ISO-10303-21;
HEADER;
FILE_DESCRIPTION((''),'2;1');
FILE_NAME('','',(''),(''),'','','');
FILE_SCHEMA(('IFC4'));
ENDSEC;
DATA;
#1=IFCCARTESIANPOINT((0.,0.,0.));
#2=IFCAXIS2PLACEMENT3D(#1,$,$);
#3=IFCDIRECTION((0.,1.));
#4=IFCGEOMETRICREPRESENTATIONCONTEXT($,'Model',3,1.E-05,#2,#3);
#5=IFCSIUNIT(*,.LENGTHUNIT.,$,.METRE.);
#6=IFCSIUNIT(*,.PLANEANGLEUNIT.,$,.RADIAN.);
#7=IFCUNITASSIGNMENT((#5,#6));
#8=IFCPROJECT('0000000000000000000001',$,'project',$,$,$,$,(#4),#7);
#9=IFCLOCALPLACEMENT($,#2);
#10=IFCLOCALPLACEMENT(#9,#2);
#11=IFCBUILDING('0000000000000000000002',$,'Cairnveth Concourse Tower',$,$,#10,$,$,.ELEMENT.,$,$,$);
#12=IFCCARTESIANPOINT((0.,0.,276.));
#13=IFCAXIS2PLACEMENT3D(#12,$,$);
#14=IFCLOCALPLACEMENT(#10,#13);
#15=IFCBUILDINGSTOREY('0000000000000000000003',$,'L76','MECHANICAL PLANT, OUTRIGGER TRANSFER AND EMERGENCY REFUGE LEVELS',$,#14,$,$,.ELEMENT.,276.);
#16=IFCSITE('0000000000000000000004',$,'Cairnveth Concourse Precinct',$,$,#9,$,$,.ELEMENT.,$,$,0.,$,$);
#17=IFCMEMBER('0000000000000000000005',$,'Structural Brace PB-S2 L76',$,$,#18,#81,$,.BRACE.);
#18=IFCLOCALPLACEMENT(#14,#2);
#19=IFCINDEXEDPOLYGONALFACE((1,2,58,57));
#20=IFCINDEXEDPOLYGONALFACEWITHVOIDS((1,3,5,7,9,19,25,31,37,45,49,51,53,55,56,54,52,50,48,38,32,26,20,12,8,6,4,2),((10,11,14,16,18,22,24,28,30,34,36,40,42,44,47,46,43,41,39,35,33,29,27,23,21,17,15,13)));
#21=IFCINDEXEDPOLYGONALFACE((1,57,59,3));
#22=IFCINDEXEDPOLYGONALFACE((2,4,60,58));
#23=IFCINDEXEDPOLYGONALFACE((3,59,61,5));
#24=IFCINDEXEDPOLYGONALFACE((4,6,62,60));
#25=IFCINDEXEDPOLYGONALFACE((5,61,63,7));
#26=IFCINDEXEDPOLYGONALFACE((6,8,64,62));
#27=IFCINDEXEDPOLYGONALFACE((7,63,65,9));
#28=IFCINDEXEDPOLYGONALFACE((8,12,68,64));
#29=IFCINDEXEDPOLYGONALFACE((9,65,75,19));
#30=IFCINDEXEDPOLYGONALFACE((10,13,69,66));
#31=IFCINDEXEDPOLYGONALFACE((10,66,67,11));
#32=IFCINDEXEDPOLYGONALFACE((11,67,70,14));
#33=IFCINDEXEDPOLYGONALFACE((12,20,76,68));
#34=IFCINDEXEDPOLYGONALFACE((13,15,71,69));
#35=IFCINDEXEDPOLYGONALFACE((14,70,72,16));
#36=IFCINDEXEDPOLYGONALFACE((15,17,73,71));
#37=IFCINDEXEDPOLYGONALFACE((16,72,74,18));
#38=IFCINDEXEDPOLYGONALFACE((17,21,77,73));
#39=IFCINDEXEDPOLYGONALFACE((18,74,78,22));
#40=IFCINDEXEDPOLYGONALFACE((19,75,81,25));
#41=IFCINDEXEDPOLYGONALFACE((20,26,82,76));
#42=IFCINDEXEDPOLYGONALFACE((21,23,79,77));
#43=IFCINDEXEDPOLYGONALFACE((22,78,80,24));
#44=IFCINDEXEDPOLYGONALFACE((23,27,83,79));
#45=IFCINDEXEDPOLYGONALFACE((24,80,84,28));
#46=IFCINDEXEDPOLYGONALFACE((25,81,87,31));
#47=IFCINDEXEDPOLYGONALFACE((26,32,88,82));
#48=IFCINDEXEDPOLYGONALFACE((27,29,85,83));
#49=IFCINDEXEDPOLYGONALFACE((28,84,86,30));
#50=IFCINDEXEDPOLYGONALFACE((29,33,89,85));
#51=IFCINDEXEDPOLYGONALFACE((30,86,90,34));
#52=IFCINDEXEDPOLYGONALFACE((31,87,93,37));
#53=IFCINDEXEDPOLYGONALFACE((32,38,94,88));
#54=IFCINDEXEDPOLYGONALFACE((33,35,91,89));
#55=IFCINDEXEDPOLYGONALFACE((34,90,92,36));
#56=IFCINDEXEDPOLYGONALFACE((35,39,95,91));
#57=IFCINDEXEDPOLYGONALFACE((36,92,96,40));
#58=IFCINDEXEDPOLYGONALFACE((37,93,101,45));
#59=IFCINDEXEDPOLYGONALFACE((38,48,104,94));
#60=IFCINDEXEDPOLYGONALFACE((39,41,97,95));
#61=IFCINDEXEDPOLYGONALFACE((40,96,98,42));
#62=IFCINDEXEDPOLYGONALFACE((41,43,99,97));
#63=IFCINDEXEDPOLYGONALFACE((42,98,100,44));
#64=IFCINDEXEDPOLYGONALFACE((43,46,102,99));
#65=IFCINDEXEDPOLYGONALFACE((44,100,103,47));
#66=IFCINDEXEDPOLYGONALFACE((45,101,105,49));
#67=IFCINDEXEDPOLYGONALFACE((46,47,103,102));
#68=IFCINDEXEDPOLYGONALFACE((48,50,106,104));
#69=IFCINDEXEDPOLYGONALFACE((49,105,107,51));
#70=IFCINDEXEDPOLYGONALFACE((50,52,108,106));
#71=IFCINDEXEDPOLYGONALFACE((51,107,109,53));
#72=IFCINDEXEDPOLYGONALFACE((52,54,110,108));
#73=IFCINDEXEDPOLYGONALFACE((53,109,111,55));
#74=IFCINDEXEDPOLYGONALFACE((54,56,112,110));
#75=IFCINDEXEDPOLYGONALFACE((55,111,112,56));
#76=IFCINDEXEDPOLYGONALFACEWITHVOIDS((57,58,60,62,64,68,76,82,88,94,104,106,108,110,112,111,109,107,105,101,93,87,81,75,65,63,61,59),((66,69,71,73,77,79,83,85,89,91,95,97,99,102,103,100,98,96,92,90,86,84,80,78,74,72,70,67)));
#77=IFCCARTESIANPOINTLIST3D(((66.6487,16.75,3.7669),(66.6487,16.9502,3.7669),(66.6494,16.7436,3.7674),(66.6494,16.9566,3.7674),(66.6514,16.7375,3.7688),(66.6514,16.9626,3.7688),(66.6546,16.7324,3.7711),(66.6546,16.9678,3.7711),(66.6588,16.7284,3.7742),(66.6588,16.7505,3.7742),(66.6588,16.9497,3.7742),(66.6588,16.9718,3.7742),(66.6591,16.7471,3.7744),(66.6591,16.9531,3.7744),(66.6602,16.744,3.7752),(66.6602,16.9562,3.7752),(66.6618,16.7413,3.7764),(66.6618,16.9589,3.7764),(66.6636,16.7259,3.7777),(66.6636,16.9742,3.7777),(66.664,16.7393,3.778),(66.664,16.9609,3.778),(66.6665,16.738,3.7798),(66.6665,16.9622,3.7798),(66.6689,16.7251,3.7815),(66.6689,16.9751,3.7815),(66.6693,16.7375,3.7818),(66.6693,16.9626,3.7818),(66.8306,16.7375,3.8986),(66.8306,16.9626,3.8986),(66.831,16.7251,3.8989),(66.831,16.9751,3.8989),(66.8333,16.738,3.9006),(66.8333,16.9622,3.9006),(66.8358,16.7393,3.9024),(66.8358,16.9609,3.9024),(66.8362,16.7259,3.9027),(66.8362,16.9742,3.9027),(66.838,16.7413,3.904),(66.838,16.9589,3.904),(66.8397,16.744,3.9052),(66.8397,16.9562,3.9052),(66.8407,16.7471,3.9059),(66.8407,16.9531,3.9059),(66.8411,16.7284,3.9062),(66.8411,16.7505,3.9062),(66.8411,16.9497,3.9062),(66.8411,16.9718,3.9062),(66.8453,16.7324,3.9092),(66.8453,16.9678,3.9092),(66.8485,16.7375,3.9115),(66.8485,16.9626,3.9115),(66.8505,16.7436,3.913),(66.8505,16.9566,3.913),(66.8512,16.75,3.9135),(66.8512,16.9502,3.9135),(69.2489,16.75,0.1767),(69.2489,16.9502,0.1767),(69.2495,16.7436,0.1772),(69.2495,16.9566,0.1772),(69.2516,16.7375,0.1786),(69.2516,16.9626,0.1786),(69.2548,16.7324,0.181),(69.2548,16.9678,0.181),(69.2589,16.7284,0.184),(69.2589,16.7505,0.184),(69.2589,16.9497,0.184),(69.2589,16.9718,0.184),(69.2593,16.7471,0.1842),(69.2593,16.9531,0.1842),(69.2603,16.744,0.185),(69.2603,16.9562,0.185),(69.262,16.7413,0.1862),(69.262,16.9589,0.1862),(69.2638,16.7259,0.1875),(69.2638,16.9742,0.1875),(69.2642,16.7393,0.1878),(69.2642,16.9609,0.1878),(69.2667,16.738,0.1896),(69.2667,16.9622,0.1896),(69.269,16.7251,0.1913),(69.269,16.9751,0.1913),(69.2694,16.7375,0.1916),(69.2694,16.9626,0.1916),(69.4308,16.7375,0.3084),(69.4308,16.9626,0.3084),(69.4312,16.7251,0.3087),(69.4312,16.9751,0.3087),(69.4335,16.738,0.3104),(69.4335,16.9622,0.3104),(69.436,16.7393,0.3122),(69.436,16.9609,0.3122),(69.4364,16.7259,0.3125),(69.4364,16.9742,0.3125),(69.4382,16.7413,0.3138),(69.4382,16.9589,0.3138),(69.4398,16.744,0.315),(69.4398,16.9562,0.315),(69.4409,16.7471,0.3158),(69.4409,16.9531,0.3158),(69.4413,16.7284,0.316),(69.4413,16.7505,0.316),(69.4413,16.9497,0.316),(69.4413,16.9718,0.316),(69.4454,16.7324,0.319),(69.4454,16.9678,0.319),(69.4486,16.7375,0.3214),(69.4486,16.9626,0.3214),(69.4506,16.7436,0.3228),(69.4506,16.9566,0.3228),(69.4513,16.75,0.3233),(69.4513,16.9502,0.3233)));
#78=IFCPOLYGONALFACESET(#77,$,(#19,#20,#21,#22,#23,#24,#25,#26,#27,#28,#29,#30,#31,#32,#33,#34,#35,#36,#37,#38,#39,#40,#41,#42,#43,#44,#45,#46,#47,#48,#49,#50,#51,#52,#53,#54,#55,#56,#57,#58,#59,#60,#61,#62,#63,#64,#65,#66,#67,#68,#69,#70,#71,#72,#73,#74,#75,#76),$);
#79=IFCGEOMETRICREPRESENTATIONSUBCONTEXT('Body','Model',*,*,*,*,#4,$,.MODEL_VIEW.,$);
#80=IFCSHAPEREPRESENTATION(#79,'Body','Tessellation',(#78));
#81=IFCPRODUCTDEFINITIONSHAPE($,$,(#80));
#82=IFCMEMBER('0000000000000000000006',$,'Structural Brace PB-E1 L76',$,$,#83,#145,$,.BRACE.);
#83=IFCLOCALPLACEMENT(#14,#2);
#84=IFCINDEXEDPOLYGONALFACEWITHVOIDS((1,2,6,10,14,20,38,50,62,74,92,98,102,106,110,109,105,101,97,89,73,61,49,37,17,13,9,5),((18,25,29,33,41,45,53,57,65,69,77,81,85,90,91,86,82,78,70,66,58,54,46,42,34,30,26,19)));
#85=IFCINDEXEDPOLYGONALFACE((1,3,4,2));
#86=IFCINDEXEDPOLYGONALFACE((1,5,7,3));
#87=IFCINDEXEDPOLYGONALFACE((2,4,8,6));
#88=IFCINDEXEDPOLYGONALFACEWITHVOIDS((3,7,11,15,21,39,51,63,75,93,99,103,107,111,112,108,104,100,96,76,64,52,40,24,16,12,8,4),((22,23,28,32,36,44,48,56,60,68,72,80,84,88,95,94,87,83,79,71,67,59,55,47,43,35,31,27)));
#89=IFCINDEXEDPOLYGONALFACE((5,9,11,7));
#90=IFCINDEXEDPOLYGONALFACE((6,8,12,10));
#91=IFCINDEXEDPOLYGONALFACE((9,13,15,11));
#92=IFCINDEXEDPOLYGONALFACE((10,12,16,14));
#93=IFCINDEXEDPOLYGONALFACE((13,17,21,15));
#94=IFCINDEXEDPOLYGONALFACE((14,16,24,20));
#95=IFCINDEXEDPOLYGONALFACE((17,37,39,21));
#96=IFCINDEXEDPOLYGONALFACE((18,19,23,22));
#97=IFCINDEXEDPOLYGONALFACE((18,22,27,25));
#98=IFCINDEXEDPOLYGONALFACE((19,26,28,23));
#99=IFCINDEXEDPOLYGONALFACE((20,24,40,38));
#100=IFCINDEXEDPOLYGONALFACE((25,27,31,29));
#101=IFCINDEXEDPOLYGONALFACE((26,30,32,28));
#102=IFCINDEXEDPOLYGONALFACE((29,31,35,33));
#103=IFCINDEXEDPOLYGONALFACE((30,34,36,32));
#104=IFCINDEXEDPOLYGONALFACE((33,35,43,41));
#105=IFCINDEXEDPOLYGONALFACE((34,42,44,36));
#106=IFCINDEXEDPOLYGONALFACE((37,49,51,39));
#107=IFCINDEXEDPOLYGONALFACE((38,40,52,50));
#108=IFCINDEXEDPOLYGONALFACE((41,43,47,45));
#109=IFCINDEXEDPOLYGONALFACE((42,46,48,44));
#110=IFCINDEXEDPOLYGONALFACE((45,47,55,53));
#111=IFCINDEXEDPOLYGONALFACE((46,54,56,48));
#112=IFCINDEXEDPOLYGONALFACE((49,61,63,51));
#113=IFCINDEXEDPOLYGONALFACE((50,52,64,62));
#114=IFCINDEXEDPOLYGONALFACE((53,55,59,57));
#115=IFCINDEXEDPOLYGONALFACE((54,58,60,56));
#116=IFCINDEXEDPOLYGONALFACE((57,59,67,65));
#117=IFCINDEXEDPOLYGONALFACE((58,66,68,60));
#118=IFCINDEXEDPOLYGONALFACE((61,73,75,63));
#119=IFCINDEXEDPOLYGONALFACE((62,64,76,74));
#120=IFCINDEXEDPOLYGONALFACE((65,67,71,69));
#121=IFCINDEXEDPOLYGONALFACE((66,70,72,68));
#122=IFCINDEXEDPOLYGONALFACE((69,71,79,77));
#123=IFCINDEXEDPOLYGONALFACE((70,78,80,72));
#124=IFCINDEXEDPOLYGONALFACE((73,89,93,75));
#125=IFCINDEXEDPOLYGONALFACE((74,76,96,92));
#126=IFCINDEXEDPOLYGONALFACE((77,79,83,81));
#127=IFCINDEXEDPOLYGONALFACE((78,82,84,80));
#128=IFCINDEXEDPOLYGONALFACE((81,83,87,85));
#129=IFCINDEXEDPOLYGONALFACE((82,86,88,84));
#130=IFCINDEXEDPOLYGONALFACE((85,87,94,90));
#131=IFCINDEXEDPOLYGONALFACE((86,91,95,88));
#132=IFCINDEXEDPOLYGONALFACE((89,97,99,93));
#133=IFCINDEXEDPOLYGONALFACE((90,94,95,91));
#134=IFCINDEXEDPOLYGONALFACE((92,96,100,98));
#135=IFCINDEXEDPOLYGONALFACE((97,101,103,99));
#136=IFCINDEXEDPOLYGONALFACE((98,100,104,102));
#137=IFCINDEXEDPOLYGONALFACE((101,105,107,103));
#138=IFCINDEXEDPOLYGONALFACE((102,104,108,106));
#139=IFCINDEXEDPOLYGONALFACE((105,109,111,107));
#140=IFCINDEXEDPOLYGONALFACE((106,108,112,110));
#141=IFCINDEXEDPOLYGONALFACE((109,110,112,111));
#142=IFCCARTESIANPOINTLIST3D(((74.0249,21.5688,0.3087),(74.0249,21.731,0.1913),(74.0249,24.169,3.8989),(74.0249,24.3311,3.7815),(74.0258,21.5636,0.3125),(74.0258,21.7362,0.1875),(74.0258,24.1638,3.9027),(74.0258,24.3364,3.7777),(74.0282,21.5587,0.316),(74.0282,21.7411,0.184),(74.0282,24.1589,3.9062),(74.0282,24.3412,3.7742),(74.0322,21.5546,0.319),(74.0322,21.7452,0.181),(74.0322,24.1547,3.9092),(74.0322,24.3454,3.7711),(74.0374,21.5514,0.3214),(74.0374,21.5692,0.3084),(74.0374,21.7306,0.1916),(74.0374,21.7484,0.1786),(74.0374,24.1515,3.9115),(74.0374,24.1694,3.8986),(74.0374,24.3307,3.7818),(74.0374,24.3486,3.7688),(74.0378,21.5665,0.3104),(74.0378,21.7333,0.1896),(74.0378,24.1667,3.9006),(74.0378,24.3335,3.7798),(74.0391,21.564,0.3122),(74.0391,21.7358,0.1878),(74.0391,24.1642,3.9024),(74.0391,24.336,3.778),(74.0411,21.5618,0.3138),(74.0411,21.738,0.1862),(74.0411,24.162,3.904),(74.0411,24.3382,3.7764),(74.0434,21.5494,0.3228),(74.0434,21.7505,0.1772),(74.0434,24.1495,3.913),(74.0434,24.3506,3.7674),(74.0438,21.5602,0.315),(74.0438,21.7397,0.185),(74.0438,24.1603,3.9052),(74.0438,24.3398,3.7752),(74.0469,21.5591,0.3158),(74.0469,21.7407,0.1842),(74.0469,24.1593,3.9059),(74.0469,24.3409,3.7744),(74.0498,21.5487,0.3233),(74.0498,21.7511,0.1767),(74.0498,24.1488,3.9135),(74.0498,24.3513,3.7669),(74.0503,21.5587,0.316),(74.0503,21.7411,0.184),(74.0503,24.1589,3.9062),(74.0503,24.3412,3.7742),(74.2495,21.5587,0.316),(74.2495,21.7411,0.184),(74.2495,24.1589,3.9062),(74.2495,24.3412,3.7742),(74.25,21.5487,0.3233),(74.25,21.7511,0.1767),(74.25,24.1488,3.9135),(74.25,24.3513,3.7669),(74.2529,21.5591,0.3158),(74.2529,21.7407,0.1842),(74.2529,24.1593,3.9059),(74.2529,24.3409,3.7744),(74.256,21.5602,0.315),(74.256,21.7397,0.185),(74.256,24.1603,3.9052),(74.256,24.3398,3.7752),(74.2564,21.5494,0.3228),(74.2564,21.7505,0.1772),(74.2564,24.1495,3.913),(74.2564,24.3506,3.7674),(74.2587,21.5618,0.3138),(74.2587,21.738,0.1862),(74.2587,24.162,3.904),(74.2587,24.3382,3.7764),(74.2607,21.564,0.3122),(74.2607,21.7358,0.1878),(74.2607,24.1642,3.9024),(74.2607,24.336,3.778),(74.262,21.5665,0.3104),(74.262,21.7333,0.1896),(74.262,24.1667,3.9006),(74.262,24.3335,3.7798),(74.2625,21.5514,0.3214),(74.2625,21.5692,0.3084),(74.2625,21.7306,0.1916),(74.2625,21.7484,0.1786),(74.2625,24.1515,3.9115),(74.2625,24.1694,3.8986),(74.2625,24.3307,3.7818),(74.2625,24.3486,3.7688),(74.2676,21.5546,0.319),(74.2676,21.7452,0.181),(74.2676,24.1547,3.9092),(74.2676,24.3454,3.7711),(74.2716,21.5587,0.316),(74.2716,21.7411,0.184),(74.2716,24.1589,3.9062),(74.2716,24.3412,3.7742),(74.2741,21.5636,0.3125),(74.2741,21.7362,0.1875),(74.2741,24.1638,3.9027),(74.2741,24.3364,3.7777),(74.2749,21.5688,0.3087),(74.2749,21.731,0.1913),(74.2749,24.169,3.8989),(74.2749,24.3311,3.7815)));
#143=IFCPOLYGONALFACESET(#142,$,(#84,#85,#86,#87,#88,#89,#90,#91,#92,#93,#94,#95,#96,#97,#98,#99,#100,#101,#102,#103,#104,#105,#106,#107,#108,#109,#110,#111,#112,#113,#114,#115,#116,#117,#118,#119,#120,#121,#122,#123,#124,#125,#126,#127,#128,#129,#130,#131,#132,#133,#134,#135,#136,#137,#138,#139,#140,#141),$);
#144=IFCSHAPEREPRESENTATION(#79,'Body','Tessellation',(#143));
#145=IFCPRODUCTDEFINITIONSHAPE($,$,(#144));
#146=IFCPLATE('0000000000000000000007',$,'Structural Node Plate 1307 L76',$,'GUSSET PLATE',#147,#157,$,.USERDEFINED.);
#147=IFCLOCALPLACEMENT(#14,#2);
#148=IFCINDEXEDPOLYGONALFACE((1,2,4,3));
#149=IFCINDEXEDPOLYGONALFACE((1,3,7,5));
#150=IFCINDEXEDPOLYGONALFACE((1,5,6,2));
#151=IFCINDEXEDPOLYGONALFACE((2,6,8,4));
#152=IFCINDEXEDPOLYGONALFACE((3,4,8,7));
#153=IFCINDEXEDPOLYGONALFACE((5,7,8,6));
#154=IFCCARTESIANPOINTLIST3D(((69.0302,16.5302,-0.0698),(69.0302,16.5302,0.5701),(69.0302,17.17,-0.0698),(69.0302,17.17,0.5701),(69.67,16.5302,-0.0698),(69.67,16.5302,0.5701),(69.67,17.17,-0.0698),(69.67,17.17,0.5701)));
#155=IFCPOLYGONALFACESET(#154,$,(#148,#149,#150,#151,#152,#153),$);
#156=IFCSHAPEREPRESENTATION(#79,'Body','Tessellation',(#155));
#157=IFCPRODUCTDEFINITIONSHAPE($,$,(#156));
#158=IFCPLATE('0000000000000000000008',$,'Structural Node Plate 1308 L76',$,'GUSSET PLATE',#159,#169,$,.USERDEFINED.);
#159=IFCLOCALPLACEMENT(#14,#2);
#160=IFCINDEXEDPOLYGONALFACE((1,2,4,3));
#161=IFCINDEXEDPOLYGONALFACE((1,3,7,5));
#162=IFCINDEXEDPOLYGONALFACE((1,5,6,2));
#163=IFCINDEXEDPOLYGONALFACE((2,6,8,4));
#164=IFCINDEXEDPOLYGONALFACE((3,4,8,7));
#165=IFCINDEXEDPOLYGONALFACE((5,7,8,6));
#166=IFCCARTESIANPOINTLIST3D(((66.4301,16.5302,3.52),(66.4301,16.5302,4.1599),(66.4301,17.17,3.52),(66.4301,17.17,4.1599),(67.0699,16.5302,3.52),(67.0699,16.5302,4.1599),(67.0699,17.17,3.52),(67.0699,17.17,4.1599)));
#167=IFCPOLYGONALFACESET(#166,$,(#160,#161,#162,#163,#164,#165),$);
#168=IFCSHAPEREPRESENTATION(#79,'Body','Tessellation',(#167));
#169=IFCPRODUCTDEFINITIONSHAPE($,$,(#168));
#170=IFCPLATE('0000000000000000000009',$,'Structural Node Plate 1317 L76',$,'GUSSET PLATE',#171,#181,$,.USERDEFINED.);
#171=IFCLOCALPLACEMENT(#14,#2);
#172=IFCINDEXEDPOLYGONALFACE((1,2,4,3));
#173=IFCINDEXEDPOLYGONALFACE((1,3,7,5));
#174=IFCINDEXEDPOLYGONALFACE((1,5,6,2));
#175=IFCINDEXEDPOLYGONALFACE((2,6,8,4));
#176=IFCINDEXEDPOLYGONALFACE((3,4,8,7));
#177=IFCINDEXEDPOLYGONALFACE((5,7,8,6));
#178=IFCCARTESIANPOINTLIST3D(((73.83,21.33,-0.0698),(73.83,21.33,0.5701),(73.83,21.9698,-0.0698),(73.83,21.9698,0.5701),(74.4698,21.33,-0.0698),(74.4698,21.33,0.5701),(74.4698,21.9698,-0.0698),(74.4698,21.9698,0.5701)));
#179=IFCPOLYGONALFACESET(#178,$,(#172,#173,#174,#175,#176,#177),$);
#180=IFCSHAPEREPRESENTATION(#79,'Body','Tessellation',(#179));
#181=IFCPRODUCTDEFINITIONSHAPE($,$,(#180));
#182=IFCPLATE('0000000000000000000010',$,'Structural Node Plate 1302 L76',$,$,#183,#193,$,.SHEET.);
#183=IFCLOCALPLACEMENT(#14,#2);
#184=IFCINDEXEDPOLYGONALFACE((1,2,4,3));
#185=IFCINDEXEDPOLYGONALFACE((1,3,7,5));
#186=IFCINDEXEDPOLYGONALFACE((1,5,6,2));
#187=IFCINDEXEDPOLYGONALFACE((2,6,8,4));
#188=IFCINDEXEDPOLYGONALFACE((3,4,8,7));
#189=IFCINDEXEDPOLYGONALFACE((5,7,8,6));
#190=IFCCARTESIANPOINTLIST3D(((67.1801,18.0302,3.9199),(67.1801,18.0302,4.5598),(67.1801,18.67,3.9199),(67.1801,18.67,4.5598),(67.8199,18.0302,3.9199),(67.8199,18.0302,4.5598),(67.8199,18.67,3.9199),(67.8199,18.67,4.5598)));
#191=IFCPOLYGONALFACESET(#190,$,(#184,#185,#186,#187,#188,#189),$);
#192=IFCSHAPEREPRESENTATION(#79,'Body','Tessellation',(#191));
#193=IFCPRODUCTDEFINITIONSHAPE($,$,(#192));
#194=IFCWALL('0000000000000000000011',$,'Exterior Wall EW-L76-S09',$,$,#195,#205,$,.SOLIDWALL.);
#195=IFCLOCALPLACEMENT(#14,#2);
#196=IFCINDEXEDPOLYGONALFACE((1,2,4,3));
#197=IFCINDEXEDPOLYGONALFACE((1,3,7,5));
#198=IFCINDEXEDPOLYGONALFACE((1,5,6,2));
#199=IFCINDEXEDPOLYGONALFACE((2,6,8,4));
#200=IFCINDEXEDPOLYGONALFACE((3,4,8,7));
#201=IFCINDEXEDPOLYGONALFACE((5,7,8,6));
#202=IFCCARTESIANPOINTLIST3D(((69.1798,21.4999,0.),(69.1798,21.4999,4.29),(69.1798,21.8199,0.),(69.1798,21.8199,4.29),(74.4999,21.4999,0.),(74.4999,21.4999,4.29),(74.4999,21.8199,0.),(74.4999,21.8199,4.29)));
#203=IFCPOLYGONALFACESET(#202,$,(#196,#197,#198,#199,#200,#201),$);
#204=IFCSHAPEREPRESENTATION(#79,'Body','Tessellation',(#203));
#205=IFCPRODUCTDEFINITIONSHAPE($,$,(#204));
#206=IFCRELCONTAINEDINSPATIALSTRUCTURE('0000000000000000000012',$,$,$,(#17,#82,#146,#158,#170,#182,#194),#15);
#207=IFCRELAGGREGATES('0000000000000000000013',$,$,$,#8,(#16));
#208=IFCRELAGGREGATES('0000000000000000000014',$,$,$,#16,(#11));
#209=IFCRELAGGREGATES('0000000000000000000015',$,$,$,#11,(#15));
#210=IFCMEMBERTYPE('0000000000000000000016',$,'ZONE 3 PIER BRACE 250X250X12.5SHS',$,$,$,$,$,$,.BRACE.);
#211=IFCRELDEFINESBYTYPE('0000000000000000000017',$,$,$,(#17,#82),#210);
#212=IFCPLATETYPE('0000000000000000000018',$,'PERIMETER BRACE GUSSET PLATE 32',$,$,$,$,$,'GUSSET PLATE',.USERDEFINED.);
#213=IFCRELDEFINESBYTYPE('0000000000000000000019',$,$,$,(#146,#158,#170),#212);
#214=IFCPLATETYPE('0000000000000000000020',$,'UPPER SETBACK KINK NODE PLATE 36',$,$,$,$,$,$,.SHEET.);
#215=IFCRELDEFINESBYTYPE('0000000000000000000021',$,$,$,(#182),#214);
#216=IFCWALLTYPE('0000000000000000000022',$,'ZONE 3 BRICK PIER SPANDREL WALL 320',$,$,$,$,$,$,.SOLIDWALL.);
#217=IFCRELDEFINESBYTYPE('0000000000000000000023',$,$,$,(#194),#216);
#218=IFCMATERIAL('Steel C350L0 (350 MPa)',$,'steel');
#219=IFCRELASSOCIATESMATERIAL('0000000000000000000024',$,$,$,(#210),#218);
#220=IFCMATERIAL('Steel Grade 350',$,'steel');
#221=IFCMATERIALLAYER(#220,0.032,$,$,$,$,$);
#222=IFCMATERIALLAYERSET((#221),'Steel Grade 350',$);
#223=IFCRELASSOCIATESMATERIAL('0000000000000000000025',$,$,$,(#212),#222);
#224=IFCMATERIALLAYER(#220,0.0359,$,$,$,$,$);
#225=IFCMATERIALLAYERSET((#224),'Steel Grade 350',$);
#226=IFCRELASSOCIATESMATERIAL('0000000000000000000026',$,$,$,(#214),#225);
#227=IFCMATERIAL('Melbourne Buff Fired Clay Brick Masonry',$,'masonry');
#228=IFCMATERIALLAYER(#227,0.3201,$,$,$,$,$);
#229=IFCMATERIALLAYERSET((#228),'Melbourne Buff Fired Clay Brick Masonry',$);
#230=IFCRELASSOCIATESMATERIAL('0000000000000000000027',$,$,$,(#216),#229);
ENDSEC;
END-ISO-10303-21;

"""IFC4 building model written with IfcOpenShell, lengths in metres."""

from ifc_helpers import new_model, si_unit, direction, frame, frame_2d, origin, origin_2d, place, context, subcontext, project, spatial, rectangle, hollow_rectangle, extrude, material, layer, layer_set, material_profile, profile_set, type_object, element, save


model = new_model("IFC4")

# Units and contexts
model_context = context("Model", 3, precision=1e-05, world=origin(), true_north=direction((0.0, 1.0)))
body_context = subcontext(model_context, "Body", "Model", "MODEL_VIEW")
ifc_project = project(units=[si_unit("LENGTHUNIT", "METRE"), si_unit("PLANEANGLEUNIT", "RADIAN")], contexts=[model_context])

# Site, building, storey
site_placement = place(None, origin())
site = spatial("IfcSite", under=ifc_project, at=site_placement, Name="Cairnveth Concourse Precinct", CompositionType="ELEMENT", RefElevation=0.0)
building_placement = place(site_placement, origin())
building = spatial("IfcBuilding", under=site, at=building_placement, Name="Cairnveth Concourse Tower", CompositionType="ELEMENT")
storey_placement = place(building_placement, frame((0.0, 0.0, 276.0)))
storey = spatial("IfcBuildingStorey", under=building, at=storey_placement, Name="L76", Description="MECHANICAL PLANT, OUTRIGGER TRANSFER AND EMERGENCY REFUGE LEVELS", CompositionType="ELEMENT", Elevation=276.0)

# Shared definitions
ifc_material_1 = material(Name="Steel Grade 350", Category="steel")

# Members
ifc_material_2 = material(Name="Steel C350L0 (350 MPa)", Category="steel")
ifc_material_profile_1 = material_profile(ifc_material_2, hollow_rectangle(XDim=0.25, YDim=0.25, WallThickness=0.0125, InnerFilletRadius=0.0129, OuterFilletRadius=0.0249, at=origin_2d()), Name="250x250x12.5SHS")
ifc_profile_set_1 = profile_set([ifc_material_profile_1], Name="Steel C350L0 (350 MPa)")
member_type = type_object("IfcMemberType", Name="ZONE 3 PIER BRACE 250X250X12.5SHS", PredefinedType="BRACE", material=ifc_profile_set_1)
for number, where, z_axis, x_axis, name in (
    (1, (69.3501, 16.8501, 0.25), (-0.586566, 0.0, 0.809902), (0.0, -1.0, 0.0), "Structural Brace PB-S2 L76"),
    (2, (74.1499, 21.6499, 0.25), (0.0, 0.586566, 0.809902), (-1.0, 0.0, 0.0), "Structural Brace PB-E1 L76"),
):
    element("IfcMember", number, at=place(storey_placement, frame(where, z_axis=z_axis, x_axis=x_axis)), inside=storey, type_object=member_type, Name=name, PredefinedType="BRACE", context=body_context, shape_type="SweptSolid", body=[
        extrude(hollow_rectangle(XDim=0.25, YDim=0.25, WallThickness=0.0125, InnerFilletRadius=0.0129, OuterFilletRadius=0.0249, at=origin_2d()), origin(), (0.0, 0.0, 1.0), 4.4329),
    ])

# Plates
ifc_layer_1 = layer(ifc_material_1, 0.032)
ifc_layer_set_1 = layer_set([ifc_layer_1], Name="Steel Grade 350")
plate_type_1 = type_object("IfcPlateType", Name="PERIMETER BRACE GUSSET PLATE 32", ElementType="GUSSET PLATE", PredefinedType="USERDEFINED", material=ifc_layer_set_1)
for number, where, z_axis, x_axis, name in (
    (3, (69.3501, 16.8501, -0.0698), (0.0, 0.0, 1.0), (1.0, 0.0, 0.0), "Structural Node Plate 1307 L76"),
    (4, (66.75, 16.8501, 3.52), (0.0, 0.0, 1.0), (1.0, 0.0, 0.0), "Structural Node Plate 1308 L76"),
    (5, (74.1499, 21.6499, -0.0698), (0.0, 0.0, 1.0), (1.0, 0.0, 0.0), "Structural Node Plate 1317 L76"),
):
    element("IfcPlate", number, at=place(storey_placement, frame(where, z_axis=z_axis, x_axis=x_axis)), inside=storey, type_object=plate_type_1, Name=name, ObjectType="GUSSET PLATE", PredefinedType="USERDEFINED", context=body_context, shape_type="SweptSolid", body=[
        extrude(rectangle(XDim=0.6399, YDim=0.6399, at=origin_2d()), origin(), (0.0, 0.0, 1.0), 0.6399),
    ])
ifc_layer_2 = layer(ifc_material_1, 0.0359)
ifc_layer_set_2 = layer_set([ifc_layer_2], Name="Steel Grade 350")
plate_type_2 = type_object("IfcPlateType", Name="UPPER SETBACK KINK NODE PLATE 36", PredefinedType="SHEET", material=ifc_layer_set_2)
plate_placement = place(storey_placement, frame((67.5, 18.3501, 3.9199), z_axis=(0.0, 0.0, 1.0), x_axis=(1.0, 0.0, 0.0)))
element("IfcPlate", 6, at=plate_placement, inside=storey, type_object=plate_type_2, Name="Structural Node Plate 1302 L76", PredefinedType="SHEET", context=body_context, shape_type="SweptSolid", body=[
    extrude(rectangle(XDim=0.6399, YDim=0.6399, at=origin_2d()), origin(), (0.0, 0.0, 1.0), 0.6399),
])

# Wall
ifc_material_3 = material(Name="Melbourne Buff Fired Clay Brick Masonry", Category="masonry")
ifc_layer_3 = layer(ifc_material_3, 0.3201)
ifc_layer_set_3 = layer_set([ifc_layer_3], Name="Melbourne Buff Fired Clay Brick Masonry")
wall_type = type_object("IfcWallType", Name="ZONE 3 BRICK PIER SPANDREL WALL 320", PredefinedType="SOLIDWALL", material=ifc_layer_set_3)
wall_1_placement = place(storey_placement, frame((74.5, 21.6599, 0.0), z_axis=(0.0, 0.0, 1.0), x_axis=(-1.0, 0.0, 0.0)))
element("IfcWall", 7, at=wall_1_placement, inside=storey, type_object=wall_type, Name="Exterior Wall EW-L76-S09", PredefinedType="SOLIDWALL", context=body_context, shape_type="SweptSolid", body=[
    extrude(rectangle(XDim=5.3201, YDim=0.3201, at=frame_2d((2.6602, 0.0))), origin(), (0.0, 0.0, 1.0), 4.29),
])

save(model, "model.ifc")
